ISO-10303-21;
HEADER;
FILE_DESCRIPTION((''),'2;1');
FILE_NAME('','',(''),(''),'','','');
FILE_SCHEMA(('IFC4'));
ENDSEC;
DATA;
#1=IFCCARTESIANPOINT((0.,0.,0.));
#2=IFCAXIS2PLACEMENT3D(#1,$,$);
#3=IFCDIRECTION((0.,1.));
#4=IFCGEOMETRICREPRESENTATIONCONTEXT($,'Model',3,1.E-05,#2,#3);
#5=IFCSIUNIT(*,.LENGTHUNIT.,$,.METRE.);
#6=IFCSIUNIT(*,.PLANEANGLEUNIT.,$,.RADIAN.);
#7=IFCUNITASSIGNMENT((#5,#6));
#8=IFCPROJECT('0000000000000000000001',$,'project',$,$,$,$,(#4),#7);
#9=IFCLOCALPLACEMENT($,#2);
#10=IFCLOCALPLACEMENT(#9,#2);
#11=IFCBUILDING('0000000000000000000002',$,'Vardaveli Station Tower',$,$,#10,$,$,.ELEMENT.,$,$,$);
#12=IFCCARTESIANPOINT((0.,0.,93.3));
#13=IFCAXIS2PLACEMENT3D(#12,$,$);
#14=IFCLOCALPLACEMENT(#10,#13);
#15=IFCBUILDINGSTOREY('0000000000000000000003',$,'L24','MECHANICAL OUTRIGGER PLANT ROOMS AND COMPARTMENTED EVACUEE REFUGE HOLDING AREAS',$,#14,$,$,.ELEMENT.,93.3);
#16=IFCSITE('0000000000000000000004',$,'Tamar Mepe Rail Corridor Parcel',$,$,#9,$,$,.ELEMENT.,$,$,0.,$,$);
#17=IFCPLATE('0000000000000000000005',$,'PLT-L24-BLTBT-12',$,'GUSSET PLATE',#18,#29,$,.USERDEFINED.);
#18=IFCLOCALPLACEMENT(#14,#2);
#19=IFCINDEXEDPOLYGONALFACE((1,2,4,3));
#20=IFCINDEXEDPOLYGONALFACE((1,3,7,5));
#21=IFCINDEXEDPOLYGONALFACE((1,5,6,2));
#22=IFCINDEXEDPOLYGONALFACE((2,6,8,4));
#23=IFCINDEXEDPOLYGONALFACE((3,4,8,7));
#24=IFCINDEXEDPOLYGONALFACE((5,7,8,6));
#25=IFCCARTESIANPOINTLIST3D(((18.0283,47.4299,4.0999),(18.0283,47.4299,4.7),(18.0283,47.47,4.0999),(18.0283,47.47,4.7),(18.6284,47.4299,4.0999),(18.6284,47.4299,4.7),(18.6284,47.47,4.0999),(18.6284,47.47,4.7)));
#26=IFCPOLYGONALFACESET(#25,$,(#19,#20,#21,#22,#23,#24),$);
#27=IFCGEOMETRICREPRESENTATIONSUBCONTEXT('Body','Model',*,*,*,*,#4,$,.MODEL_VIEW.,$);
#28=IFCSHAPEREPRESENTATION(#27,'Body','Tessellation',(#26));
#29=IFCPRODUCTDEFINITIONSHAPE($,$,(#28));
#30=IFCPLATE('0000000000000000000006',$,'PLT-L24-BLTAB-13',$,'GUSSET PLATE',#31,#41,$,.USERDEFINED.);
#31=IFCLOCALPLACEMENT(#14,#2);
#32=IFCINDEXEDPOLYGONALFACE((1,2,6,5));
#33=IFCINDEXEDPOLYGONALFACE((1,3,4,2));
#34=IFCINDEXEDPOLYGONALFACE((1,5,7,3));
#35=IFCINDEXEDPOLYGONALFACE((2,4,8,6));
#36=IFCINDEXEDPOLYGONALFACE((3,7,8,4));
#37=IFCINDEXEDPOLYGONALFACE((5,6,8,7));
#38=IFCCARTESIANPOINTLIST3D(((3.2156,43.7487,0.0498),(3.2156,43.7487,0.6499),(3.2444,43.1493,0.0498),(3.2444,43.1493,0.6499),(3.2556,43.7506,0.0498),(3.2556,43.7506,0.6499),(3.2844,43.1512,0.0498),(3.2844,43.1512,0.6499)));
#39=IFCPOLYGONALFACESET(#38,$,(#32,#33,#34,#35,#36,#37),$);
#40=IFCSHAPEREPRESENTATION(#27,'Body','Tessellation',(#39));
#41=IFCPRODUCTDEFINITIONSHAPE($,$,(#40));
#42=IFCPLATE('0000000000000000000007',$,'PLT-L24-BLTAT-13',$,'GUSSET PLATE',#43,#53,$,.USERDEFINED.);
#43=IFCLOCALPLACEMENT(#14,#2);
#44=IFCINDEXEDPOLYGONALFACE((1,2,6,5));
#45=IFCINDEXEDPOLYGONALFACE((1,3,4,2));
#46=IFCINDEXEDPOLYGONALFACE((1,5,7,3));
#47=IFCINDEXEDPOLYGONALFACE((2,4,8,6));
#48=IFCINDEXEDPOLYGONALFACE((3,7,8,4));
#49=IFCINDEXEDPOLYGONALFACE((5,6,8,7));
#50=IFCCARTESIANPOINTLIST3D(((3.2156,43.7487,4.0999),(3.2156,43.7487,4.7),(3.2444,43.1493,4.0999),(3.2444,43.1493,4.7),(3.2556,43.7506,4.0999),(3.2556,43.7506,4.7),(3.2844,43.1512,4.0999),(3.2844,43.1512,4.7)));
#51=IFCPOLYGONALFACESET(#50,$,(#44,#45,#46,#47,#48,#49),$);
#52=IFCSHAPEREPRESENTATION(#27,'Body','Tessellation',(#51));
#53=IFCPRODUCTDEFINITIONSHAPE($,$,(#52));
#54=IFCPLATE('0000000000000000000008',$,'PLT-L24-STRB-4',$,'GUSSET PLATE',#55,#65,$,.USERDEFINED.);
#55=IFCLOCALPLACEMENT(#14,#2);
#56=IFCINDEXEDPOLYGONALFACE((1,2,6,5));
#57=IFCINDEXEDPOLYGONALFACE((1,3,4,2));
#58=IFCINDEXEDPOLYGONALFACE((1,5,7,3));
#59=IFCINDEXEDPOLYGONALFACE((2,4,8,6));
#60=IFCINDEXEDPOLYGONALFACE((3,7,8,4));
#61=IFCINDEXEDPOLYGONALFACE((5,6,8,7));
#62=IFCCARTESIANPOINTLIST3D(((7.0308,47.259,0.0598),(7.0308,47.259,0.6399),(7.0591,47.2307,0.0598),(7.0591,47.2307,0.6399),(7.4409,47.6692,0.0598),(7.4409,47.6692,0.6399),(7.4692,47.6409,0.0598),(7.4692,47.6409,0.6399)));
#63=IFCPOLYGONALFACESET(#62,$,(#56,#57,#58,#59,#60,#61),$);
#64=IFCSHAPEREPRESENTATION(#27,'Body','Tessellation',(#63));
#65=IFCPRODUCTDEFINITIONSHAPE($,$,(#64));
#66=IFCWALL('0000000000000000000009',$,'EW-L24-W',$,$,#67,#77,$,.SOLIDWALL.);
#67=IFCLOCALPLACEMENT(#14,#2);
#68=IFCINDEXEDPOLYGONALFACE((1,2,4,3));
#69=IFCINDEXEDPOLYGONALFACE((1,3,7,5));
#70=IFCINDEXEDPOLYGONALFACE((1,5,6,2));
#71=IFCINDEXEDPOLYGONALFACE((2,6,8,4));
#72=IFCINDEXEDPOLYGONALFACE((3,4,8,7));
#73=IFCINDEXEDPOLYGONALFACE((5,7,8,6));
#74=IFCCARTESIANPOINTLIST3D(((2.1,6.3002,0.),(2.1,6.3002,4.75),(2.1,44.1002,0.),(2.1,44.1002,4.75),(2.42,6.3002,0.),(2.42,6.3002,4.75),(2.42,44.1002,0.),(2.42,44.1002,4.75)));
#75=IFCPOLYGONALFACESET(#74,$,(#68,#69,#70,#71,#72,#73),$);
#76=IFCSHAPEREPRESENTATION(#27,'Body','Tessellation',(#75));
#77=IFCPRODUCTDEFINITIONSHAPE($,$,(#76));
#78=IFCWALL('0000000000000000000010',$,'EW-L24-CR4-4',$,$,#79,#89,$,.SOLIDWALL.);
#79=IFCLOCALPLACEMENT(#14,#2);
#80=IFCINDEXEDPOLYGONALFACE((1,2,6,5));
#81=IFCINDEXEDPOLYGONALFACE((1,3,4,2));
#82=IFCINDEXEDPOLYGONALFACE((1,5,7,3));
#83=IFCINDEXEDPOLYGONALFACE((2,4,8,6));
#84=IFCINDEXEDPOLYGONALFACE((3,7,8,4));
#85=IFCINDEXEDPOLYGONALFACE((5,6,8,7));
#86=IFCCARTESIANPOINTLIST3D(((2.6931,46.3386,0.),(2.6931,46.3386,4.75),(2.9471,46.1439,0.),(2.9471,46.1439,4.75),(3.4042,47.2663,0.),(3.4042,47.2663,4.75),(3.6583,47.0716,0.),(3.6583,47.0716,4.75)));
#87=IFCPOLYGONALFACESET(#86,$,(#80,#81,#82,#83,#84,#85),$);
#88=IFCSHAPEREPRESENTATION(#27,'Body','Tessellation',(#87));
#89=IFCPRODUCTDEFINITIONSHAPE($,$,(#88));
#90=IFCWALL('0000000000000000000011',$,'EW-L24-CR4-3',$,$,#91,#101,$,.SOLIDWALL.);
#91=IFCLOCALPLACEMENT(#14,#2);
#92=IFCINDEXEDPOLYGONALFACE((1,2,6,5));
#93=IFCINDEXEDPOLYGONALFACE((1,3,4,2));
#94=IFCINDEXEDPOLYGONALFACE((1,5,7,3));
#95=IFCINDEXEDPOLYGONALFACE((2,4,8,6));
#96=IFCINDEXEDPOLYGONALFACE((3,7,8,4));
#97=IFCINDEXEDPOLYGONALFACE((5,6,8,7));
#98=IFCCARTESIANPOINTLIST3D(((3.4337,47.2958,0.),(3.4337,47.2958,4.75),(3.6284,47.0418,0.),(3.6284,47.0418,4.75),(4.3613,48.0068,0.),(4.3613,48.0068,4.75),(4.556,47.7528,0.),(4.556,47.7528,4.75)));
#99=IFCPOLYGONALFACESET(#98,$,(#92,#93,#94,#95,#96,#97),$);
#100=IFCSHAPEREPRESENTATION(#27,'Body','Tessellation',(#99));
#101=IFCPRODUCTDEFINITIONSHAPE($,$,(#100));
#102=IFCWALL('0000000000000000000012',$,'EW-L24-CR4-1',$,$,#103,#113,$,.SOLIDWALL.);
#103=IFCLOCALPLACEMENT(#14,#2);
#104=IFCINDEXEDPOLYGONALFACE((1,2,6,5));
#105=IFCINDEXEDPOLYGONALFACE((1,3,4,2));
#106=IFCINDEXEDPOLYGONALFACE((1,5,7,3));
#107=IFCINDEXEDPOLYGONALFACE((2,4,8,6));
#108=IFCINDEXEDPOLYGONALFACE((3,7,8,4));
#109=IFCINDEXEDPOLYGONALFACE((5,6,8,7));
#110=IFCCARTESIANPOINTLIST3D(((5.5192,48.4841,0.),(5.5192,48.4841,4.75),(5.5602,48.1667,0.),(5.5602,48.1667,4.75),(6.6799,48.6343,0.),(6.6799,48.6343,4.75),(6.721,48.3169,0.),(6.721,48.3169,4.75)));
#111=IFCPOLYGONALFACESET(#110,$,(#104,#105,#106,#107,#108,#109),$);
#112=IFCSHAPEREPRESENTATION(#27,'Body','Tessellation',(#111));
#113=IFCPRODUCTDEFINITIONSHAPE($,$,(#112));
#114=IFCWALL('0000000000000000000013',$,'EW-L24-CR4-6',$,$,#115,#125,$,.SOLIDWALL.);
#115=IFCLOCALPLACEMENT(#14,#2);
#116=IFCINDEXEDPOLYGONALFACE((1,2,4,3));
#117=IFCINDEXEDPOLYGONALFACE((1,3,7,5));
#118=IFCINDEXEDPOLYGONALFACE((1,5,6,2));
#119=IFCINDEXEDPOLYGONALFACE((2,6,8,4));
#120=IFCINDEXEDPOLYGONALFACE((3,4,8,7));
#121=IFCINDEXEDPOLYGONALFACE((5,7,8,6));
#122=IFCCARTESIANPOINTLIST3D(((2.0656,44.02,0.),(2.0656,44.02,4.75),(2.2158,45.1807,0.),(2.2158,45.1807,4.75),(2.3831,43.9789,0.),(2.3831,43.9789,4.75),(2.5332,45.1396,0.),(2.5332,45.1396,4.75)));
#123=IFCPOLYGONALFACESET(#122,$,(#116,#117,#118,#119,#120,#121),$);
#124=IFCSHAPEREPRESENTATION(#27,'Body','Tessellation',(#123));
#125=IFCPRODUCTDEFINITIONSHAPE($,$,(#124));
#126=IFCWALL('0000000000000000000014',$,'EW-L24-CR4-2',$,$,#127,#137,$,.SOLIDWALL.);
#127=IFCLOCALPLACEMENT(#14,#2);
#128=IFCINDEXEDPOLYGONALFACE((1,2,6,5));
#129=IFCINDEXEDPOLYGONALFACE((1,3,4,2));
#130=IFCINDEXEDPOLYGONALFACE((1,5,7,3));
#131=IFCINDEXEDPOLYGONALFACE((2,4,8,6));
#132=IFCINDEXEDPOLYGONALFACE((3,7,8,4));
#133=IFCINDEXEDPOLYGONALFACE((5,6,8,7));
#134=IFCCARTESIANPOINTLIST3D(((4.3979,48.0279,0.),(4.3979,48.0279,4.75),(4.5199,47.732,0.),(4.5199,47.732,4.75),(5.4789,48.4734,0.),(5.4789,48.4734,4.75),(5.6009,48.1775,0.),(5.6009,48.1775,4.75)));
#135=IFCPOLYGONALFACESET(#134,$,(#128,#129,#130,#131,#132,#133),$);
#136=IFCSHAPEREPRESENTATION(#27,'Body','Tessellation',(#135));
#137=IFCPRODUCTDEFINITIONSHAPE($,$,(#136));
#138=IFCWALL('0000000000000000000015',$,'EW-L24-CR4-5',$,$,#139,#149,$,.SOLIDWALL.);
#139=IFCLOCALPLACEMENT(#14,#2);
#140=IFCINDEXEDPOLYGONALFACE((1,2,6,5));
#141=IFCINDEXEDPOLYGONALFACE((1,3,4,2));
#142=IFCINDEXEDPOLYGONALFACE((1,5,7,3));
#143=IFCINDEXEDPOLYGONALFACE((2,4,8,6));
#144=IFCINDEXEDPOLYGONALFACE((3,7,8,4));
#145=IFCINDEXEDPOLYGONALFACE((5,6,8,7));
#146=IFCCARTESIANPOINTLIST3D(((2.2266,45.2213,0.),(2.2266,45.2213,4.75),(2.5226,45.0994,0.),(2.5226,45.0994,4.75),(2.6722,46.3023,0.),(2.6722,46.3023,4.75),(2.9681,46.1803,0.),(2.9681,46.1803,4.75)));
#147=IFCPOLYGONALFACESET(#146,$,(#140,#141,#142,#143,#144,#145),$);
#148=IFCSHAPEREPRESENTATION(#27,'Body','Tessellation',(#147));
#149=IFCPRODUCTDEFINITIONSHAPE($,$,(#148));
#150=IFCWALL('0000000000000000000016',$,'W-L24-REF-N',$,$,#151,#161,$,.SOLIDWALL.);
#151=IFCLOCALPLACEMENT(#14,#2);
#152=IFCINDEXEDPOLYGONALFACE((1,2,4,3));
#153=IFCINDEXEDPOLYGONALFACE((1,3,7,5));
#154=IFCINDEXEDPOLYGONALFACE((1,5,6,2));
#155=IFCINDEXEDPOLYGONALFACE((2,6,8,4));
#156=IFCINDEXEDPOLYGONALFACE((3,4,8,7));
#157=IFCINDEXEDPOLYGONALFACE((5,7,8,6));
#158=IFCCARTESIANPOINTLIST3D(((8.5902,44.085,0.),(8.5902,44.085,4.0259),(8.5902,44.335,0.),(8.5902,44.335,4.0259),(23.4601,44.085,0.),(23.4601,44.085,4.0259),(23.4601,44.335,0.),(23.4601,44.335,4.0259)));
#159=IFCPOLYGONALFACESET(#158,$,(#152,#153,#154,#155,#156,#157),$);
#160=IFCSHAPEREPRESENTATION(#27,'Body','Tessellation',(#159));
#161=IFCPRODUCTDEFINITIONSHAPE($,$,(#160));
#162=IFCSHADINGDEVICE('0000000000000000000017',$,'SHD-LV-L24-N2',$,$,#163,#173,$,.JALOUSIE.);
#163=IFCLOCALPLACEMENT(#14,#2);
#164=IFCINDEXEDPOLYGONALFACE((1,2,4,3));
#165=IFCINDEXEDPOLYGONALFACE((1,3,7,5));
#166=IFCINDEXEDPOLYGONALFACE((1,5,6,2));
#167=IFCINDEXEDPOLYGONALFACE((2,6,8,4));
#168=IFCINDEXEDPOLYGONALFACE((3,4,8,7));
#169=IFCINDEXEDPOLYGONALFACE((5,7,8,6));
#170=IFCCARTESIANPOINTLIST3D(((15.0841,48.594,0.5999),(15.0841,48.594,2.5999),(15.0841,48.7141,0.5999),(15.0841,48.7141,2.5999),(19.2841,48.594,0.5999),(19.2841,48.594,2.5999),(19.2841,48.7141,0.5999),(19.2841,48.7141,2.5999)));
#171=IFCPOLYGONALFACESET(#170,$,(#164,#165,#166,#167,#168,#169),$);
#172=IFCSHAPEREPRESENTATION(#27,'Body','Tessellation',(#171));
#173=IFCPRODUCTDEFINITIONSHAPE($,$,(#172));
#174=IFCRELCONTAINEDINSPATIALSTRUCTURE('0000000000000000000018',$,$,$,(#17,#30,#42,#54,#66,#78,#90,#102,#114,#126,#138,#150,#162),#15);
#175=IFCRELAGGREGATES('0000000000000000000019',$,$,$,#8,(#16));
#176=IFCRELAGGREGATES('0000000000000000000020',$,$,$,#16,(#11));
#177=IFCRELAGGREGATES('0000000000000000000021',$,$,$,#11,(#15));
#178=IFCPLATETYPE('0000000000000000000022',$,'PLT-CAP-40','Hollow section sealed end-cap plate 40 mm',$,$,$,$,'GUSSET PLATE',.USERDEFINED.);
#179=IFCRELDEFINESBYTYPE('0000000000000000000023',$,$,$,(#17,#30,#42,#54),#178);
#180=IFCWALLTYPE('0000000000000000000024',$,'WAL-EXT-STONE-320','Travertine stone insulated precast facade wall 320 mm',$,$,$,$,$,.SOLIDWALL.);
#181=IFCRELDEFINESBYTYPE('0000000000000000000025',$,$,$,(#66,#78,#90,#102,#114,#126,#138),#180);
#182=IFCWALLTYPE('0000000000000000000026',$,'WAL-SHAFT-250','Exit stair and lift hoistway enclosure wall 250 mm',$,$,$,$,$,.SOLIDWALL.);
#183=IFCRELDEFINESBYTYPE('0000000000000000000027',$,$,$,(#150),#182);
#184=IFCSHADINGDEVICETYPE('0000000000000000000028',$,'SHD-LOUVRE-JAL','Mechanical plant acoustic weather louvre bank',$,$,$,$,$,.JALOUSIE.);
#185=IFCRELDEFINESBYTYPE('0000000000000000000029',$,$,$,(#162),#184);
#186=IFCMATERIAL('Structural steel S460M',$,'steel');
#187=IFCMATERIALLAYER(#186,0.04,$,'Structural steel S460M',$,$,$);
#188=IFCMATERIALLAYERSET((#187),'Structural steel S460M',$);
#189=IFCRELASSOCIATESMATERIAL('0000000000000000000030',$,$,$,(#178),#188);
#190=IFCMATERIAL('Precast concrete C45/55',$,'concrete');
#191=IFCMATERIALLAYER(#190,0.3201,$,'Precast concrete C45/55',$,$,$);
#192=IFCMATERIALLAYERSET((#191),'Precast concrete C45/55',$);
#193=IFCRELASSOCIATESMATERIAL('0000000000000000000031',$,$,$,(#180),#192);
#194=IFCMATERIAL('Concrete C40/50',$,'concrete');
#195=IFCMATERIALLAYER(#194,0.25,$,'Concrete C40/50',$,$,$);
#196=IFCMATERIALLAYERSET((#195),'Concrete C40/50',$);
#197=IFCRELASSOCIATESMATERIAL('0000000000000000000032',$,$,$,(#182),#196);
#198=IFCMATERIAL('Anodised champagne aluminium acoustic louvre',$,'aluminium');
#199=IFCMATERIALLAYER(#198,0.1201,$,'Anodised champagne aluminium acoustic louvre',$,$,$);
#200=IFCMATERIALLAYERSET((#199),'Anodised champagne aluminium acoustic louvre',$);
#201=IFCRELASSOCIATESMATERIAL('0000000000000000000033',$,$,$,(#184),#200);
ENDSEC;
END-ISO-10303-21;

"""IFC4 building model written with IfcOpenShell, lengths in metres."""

from ifc_helpers import new_model, si_unit, direction, frame, frame_2d, origin, origin_2d, place, context, subcontext, project, spatial, rectangle, extrude, source, transform, mapped, material, layer, layer_set, type_object, element, save


model = new_model("IFC4")

# Units and contexts
model_context = context("Model", 3, precision=1e-05, world=origin(), true_north=direction((0.0, 1.0)))
body_context = subcontext(model_context, "Body", "Model", "MODEL_VIEW")
ifc_project = project(units=[si_unit("LENGTHUNIT", "METRE"), si_unit("PLANEANGLEUNIT", "RADIAN")], contexts=[model_context])

# Site, building, storey
site_placement = place(None, origin())
site = spatial("IfcSite", under=ifc_project, at=site_placement, Name="Tamar Mepe Rail Corridor Parcel", CompositionType="ELEMENT", RefElevation=0.0)
building_placement = place(site_placement, origin())
building = spatial("IfcBuilding", under=site, at=building_placement, Name="Vardaveli Station Tower", CompositionType="ELEMENT")
storey_placement = place(building_placement, frame((0.0, 0.0, 93.3)))
storey = spatial("IfcBuildingStorey", under=building, at=storey_placement, Name="L24", Description="MECHANICAL OUTRIGGER PLANT ROOMS AND COMPARTMENTED EVACUEE REFUGE HOLDING AREAS", CompositionType="ELEMENT", Elevation=93.3)

# Shared definitions
ifc_material_1 = material(Name="Structural steel S460M", Category="steel")

# Plates
ifc_layer_1 = layer(ifc_material_1, 0.04, Name="Structural steel S460M")
ifc_layer_set_1 = layer_set([ifc_layer_1], Name="Structural steel S460M")
plate_type_1 = type_object("IfcPlateType", Name="PLT-CAP-40", Description="Hollow section sealed end-cap plate 40 mm", ElementType="GUSSET PLATE", PredefinedType="USERDEFINED", material=ifc_layer_set_1)
shared_shape_1 = source(origin(), body_context, "Body", "SweptSolid", [
    extrude(rectangle(XDim=0.6001, YDim=0.04, at=origin_2d()), origin(), (0.0, 0.0, 1.0), 0.6001),
])
for number, where, z_axis, x_axis, name in (
    (1, (18.3284, 47.45, 4.0999), (0.0, 0.0, 1.0), (-1.0, 0.0, 0.0), "PLT-L24-BLTBT-12"),
    (2, (3.25, 43.45, 0.0498), (0.0, 0.0, 1.0), (0.047978, -0.998848, 0.0), "PLT-L24-BLTAB-13"),
    (3, (3.25, 43.45, 4.0999), (0.0, 0.0, 1.0), (0.047978, -0.998848, 0.0), "PLT-L24-BLTAT-13"),
):
    element("IfcPlate", number, at=place(storey_placement, frame(where, z_axis=z_axis, x_axis=x_axis)), inside=storey, type_object=plate_type_1, Name=name, ObjectType="GUSSET PLATE", PredefinedType="USERDEFINED", context=body_context, shape_type="MappedRepresentation", body=[
        mapped(shared_shape_1, transform((0.0, 0.0, 0.0), scale=1.0)),
    ])
shared_shape_2 = source(origin(), body_context, "Body", "SweptSolid", [
    extrude(rectangle(XDim=0.5801, YDim=0.04, at=origin_2d()), origin(), (0.0, 0.0, 1.0), 0.5801),
])
plate_1_placement = place(storey_placement, frame((7.25, 47.45, 0.0598), z_axis=(0.0, 0.0, 1.0), x_axis=(-0.707107, -0.707107, 0.0)))
element("IfcPlate", 4, at=plate_1_placement, inside=storey, type_object=plate_type_1, Name="PLT-L24-STRB-4", ObjectType="GUSSET PLATE", PredefinedType="USERDEFINED", context=body_context, shape_type="MappedRepresentation", body=[
    mapped(shared_shape_2, transform((0.0, 0.0, 0.0), scale=1.0)),
])

# Walls
ifc_material_2 = material(Name="Precast concrete C45/55", Category="concrete")
ifc_layer_2 = layer(ifc_material_2, 0.3201, Name="Precast concrete C45/55")
ifc_layer_set_2 = layer_set([ifc_layer_2], Name="Precast concrete C45/55")
wall_type_1 = type_object("IfcWallType", Name="WAL-EXT-STONE-320", Description="Travertine stone insulated precast facade wall 320 mm", PredefinedType="SOLIDWALL", material=ifc_layer_set_2)
shared_shape_3 = source(origin(), body_context, "Body", "SweptSolid", [
    extrude(rectangle(XDim=37.8, YDim=0.3201, at=frame_2d((18.8999, 0.0))), origin(), (0.0, 0.0, 1.0), 4.75),
])
wall_1_placement = place(storey_placement, frame((2.26, 44.1001, 0.0), z_axis=(0.0, 0.0, 1.0), x_axis=(0.0, -1.0, 0.0)))
element("IfcWall", 5, at=wall_1_placement, inside=storey, type_object=wall_type_1, Name="EW-L24-W", PredefinedType="SOLIDWALL", context=body_context, shape_type="MappedRepresentation", body=[
    mapped(shared_shape_3, transform((0.0, 0.0, 0.0), scale=1.0)),
])
shared_shape_4 = source(origin(), body_context, "Body", "SweptSolid", [
    extrude(rectangle(XDim=1.1689, YDim=0.3201, at=frame_2d((0.5845, 0.0))), origin(), (0.0, 0.0, 1.0), 4.75),
])
wall_2_placement = place(storey_placement, frame((3.5312, 47.1689, 0.0), z_axis=(0.0, 0.0, 1.0), x_axis=(-0.608388, -0.79364, 0.0)))
element("IfcWall", 6, at=wall_2_placement, inside=storey, type_object=wall_type_1, Name="EW-L24-CR4-4", PredefinedType="SOLIDWALL", context=body_context, shape_type="MappedRepresentation", body=[
    mapped(shared_shape_4, transform((0.0, 0.0, 0.0), scale=1.0)),
])
shared_shape_5 = source(origin(), body_context, "Body", "SweptSolid", [
    extrude(rectangle(XDim=1.1687, YDim=0.3201, at=frame_2d((0.5845, 0.0))), origin(), (0.0, 0.0, 1.0), 4.75),
])
wall_3_placement = place(storey_placement, frame((4.4587, 47.8799, 0.0), z_axis=(0.0, 0.0, 1.0), x_axis=(-0.793664, -0.608357, 0.0)))
element("IfcWall", 7, at=wall_3_placement, inside=storey, type_object=wall_type_1, Name="EW-L24-CR4-3", PredefinedType="SOLIDWALL", context=body_context, shape_type="MappedRepresentation", body=[
    mapped(shared_shape_5, transform((0.0, 0.0, 0.0), scale=1.0)),
])
shared_shape_6 = source(origin(), body_context, "Body", "SweptSolid", [
    extrude(rectangle(XDim=1.1704, YDim=0.3201, at=frame_2d((0.5852, 0.0))), origin(), (0.0, 0.0, 1.0), 4.75),
])
for number, where, z_axis, x_axis, name in (
    (8, (6.7004, 48.4756, 0.0), (0.0, 0.0, 1.0), (-0.991736, -0.128296, 0.0), "EW-L24-CR4-1"),
    (9, (2.3745, 45.1602, 0.0), (0.0, 0.0, 1.0), (-0.128296, -0.991736, 0.0), "EW-L24-CR4-6"),
):
    element("IfcWall", number, at=place(storey_placement, frame(where, z_axis=z_axis, x_axis=x_axis)), inside=storey, type_object=wall_type_1, Name=name, PredefinedType="SOLIDWALL", context=body_context, shape_type="MappedRepresentation", body=[
        mapped(shared_shape_6, transform((0.0, 0.0, 0.0), scale=1.0)),
    ])
shared_shape_7 = source(origin(), body_context, "Body", "SweptSolid", [
    extrude(rectangle(XDim=1.1692, YDim=0.3201, at=frame_2d((0.5845, 0.0))), origin(), (0.0, 0.0, 1.0), 4.75),
])
for number, where, z_axis, x_axis, name in (
    (10, (5.5398, 48.3254, 0.0), (0.0, 0.0, 1.0), (-0.924553, -0.381054, 0.0), "EW-L24-CR4-2"),
    (11, (2.8201, 46.2412, 0.0), (0.0, 0.0, 1.0), (-0.381054, -0.924553, 0.0), "EW-L24-CR4-5"),
):
    element("IfcWall", number, at=place(storey_placement, frame(where, z_axis=z_axis, x_axis=x_axis)), inside=storey, type_object=wall_type_1, Name=name, PredefinedType="SOLIDWALL", context=body_context, shape_type="MappedRepresentation", body=[
        mapped(shared_shape_7, transform((0.0, 0.0, 0.0), scale=1.0)),
    ])
ifc_material_3 = material(Name="Concrete C40/50", Category="concrete")
ifc_layer_3 = layer(ifc_material_3, 0.25, Name="Concrete C40/50")
ifc_layer_set_3 = layer_set([ifc_layer_3], Name="Concrete C40/50")
wall_type_2 = type_object("IfcWallType", Name="WAL-SHAFT-250", Description="Exit stair and lift hoistway enclosure wall 250 mm", PredefinedType="SOLIDWALL", material=ifc_layer_set_3)
shared_shape_8 = source(origin(), body_context, "Body", "SweptSolid", [
    extrude(rectangle(XDim=14.8699, YDim=0.25, at=frame_2d((7.4351, 0.0))), origin(), (0.0, 0.0, 1.0), 4.0259),
])
wall_4_placement = place(storey_placement, frame((8.5901, 44.21, 0.0), z_axis=(0.0, 0.0, 1.0), x_axis=(1.0, 0.0, 0.0)))
element("IfcWall", 12, at=wall_4_placement, inside=storey, type_object=wall_type_2, Name="W-L24-REF-N", PredefinedType="SOLIDWALL", context=body_context, shape_type="MappedRepresentation", body=[
    mapped(shared_shape_8, transform((0.0, 0.0, 0.0), scale=1.0)),
])

# Shading device
ifc_material_4 = material(Name="Anodised champagne aluminium acoustic louvre", Category="aluminium")
ifc_layer_4 = layer(ifc_material_4, 0.1201, Name="Anodised champagne aluminium acoustic louvre")
ifc_layer_set_4 = layer_set([ifc_layer_4], Name="Anodised champagne aluminium acoustic louvre")
shading_device_type = type_object("IfcShadingDeviceType", Name="SHD-LOUVRE-JAL", Description="Mechanical plant acoustic weather louvre bank", PredefinedType="JALOUSIE", material=ifc_layer_set_4)
shared_shape_9 = source(origin(), body_context, "Body", "SweptSolid", [
    extrude(rectangle(XDim=4.2, YDim=0.1201, at=origin_2d()), origin(), (0.0, 0.0, 1.0), 2.0),
])
shading_device_placement = place(storey_placement, frame((17.1841, 48.6541, 0.5999), z_axis=(0.0, 0.0, 1.0), x_axis=(1.0, 0.0, 0.0)))
element("IfcShadingDevice", 13, at=shading_device_placement, inside=storey, type_object=shading_device_type, Name="SHD-LV-L24-N2", PredefinedType="JALOUSIE", context=body_context, shape_type="MappedRepresentation", body=[
    mapped(shared_shape_9, transform((0.0, 0.0, 0.0), scale=1.0)),
])

save(model, "model.ifc")
